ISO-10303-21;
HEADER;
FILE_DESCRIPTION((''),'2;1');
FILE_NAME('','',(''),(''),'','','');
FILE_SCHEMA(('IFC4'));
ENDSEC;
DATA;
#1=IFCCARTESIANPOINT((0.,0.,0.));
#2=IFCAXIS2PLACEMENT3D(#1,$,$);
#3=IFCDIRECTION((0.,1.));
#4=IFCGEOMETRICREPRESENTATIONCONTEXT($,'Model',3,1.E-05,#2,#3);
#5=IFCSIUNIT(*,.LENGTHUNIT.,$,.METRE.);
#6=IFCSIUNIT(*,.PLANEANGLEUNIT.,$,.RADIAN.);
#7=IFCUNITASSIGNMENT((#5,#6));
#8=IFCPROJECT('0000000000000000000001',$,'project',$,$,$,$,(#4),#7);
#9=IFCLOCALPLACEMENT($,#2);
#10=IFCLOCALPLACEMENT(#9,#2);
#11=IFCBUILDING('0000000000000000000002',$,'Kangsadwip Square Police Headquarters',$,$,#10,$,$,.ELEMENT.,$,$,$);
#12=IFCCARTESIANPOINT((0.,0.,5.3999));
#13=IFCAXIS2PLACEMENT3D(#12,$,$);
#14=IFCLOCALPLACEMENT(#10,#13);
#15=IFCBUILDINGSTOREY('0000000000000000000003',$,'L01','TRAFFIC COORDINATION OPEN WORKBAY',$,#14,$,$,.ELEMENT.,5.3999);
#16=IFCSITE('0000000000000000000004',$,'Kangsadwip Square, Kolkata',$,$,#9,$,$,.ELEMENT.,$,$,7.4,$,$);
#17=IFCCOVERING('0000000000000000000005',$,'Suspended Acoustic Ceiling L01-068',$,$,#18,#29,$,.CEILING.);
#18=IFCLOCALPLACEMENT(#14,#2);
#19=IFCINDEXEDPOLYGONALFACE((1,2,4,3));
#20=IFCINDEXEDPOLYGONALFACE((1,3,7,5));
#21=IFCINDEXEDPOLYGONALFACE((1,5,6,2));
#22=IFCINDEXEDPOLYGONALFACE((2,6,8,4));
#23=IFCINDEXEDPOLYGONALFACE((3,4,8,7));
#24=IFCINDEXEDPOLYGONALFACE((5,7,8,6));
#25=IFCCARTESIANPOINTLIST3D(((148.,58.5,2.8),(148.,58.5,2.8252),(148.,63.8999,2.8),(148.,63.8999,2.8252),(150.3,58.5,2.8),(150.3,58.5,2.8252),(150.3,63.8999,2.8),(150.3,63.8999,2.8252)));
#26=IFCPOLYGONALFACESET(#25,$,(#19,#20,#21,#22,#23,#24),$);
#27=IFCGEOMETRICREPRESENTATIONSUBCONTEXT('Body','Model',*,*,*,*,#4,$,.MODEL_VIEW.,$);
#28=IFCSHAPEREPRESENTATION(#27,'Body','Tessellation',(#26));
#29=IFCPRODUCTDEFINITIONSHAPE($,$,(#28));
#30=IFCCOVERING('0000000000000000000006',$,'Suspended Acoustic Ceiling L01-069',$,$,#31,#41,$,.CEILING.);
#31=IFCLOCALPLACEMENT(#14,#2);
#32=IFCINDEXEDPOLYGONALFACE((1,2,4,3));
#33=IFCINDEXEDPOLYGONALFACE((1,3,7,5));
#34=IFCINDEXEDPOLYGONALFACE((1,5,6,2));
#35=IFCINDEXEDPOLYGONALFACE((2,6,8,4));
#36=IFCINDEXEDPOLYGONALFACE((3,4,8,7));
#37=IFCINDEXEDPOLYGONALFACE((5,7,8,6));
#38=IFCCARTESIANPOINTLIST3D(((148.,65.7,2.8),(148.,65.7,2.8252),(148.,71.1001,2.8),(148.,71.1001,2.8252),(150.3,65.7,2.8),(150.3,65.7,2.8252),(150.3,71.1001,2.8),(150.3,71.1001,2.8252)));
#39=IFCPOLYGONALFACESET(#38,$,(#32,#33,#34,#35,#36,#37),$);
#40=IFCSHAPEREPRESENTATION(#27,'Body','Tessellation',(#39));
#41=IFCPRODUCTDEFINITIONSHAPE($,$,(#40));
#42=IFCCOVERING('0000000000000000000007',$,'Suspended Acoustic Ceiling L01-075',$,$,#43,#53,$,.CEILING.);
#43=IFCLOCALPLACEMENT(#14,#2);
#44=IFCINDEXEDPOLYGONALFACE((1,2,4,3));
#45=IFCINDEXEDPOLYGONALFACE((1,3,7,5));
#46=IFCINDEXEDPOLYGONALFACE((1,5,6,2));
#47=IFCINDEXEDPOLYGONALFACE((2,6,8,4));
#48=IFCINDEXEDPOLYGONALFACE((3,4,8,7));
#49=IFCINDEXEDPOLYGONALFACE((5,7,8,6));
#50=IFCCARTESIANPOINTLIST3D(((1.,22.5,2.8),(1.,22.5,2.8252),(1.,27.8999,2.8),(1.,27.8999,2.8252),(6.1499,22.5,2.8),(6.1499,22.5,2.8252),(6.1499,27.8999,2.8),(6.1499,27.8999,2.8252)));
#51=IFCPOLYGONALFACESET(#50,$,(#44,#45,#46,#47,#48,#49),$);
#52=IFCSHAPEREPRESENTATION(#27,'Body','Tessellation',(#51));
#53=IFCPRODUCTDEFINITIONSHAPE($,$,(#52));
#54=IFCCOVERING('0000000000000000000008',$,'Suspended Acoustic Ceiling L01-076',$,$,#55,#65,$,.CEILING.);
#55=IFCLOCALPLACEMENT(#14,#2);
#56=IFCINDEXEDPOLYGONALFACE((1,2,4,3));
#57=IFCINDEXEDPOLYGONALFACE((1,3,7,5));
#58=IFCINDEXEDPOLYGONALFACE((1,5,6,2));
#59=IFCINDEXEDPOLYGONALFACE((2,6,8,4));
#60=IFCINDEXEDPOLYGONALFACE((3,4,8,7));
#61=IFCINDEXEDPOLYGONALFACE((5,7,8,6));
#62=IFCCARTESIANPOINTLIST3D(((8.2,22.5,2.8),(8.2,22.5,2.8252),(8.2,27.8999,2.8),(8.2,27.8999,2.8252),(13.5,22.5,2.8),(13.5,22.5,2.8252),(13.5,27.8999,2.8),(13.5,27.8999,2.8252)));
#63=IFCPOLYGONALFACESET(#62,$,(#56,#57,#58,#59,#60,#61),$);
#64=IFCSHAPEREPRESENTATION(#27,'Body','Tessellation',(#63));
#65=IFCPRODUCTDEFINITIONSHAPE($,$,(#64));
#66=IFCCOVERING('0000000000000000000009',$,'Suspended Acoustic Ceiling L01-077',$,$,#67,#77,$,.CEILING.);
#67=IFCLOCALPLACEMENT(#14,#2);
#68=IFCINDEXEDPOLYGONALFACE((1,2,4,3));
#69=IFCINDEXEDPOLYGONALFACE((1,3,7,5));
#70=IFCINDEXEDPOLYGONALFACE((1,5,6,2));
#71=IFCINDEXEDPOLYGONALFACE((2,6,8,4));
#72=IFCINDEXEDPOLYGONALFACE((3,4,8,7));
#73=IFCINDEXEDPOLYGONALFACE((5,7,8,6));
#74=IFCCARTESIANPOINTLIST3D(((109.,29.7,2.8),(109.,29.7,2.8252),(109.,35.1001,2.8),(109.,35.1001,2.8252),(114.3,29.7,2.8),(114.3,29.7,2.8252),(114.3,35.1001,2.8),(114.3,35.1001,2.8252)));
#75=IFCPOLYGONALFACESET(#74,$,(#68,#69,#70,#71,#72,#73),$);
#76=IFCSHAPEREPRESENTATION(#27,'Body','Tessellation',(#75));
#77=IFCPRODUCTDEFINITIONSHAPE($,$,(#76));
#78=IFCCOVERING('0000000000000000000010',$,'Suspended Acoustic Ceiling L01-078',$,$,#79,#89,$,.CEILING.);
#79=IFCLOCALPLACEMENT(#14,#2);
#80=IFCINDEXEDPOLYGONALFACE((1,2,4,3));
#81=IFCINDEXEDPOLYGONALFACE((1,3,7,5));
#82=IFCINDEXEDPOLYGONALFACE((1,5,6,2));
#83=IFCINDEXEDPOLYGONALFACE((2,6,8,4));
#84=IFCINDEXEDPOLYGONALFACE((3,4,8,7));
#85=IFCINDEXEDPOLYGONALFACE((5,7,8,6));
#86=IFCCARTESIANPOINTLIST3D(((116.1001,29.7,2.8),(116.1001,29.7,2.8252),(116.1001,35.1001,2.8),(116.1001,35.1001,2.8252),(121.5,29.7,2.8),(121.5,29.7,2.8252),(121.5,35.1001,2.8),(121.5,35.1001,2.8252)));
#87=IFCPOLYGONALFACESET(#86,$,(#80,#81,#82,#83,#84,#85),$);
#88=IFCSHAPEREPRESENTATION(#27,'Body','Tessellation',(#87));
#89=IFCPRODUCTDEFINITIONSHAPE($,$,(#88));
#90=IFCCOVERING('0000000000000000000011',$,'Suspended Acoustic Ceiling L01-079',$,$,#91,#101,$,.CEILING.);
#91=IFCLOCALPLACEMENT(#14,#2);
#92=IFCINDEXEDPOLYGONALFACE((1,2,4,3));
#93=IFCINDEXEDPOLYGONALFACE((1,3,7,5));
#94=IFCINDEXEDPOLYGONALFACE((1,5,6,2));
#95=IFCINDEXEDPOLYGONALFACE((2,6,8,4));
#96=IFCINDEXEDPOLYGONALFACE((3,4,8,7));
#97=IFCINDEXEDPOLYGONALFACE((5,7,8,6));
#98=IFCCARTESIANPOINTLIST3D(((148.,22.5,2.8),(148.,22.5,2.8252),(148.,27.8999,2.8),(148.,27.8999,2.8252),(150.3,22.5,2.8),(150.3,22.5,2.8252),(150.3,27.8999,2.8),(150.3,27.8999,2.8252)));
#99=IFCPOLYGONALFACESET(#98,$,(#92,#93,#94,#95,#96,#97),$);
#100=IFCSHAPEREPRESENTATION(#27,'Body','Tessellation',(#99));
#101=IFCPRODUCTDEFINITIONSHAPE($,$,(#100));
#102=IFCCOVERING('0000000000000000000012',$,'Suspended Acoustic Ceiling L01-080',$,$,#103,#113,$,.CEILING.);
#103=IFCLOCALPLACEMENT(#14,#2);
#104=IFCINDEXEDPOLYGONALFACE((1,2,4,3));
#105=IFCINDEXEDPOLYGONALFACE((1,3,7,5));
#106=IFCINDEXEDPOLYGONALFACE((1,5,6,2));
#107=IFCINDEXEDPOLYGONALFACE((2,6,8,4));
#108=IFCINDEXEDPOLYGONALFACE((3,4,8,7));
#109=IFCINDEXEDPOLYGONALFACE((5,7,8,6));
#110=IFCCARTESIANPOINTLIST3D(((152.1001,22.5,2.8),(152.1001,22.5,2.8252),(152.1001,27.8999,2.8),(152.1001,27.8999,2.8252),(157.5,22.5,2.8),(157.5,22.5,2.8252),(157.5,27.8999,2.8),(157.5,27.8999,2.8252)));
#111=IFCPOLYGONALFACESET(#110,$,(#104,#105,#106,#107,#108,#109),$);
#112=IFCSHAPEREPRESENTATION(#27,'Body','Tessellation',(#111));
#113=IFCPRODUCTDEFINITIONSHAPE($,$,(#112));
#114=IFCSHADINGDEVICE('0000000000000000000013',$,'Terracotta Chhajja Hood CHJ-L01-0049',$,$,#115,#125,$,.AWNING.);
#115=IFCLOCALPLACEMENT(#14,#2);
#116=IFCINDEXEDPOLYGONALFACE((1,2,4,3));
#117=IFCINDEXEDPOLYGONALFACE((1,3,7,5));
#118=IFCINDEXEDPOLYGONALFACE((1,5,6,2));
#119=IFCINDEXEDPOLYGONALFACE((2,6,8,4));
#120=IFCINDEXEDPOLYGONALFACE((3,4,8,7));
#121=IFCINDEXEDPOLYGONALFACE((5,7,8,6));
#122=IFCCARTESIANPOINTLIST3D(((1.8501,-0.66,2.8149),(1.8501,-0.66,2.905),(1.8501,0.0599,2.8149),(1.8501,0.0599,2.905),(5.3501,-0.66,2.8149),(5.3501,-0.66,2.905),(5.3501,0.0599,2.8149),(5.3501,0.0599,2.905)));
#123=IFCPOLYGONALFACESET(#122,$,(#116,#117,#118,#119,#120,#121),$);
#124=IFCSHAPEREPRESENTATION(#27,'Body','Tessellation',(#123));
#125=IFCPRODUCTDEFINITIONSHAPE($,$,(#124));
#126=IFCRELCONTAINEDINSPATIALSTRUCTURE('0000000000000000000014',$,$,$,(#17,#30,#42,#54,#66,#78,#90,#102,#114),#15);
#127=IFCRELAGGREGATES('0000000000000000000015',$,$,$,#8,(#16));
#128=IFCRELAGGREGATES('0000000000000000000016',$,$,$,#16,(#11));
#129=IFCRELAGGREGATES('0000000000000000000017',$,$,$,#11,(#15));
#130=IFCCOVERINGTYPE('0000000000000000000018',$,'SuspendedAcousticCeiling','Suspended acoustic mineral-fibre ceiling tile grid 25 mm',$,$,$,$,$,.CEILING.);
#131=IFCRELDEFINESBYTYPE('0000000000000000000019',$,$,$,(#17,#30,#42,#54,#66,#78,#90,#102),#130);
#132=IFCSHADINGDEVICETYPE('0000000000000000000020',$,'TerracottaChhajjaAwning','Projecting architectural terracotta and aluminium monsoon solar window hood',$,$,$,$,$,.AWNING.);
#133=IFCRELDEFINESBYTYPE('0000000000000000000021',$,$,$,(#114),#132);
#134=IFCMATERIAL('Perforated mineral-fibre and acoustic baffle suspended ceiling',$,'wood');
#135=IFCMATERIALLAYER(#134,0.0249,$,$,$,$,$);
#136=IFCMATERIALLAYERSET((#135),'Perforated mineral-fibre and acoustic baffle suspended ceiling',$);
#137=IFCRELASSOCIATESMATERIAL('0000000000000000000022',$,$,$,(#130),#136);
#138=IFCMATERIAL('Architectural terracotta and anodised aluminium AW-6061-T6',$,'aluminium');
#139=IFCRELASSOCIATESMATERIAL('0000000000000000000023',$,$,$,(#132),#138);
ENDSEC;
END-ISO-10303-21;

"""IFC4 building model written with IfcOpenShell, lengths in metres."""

from ifc_helpers import new_model, si_unit, direction, frame, origin, origin_2d, place, context, subcontext, project, spatial, polyline, rectangle, outline, extrude, material, layer, layer_set, type_object, element, save


model = new_model("IFC4")

# Units and contexts
model_context = context("Model", 3, precision=1e-05, world=origin(), true_north=direction((0.0, 1.0)))
body_context = subcontext(model_context, "Body", "Model", "MODEL_VIEW")
ifc_project = project(units=[si_unit("LENGTHUNIT", "METRE"), si_unit("PLANEANGLEUNIT", "RADIAN")], contexts=[model_context])

# Site, building, storey
site_placement = place(None, origin())
site = spatial("IfcSite", under=ifc_project, at=site_placement, Name="Kangsadwip Square, Kolkata", CompositionType="ELEMENT", RefElevation=7.4)
building_placement = place(site_placement, origin())
building = spatial("IfcBuilding", under=site, at=building_placement, Name="Kangsadwip Square Police Headquarters", CompositionType="ELEMENT")
storey_placement = place(building_placement, frame((0.0, 0.0, 5.3999)))
storey = spatial("IfcBuildingStorey", under=building, at=storey_placement, Name="L01", Description="TRAFFIC COORDINATION OPEN WORKBAY", CompositionType="ELEMENT", Elevation=5.3999)

# Coverings
ifc_material_1 = material(Name="Perforated mineral-fibre and acoustic baffle suspended ceiling", Category="wood")
ifc_layer_1 = layer(ifc_material_1, 0.0249)
ifc_layer_set_1 = layer_set([ifc_layer_1], Name="Perforated mineral-fibre and acoustic baffle suspended ceiling")
covering_type_1 = type_object("IfcCoveringType", Name="SuspendedAcousticCeiling", Description="Suspended acoustic mineral-fibre ceiling tile grid 25 mm", PredefinedType="CEILING", material=ifc_layer_set_1)
covering_1_placement = place(storey_placement, frame((0.0, 0.0, 2.8)))
element("IfcCovering", 1, at=covering_1_placement, inside=storey, type_object=covering_type_1, Name="Suspended Acoustic Ceiling L01-068", PredefinedType="CEILING", context=body_context, shape_type="SweptSolid", body=[
    extrude(outline(polyline([(148.0, 58.5), (150.3, 58.5), (150.3, 63.8999), (148.0, 63.8999), (148.0, 58.5)])), origin(), (0.0, 0.0, 1.0), 0.0251),
])
covering_2_placement = place(storey_placement, frame((0.0, 0.0, 2.8)))
element("IfcCovering", 2, at=covering_2_placement, inside=storey, type_object=covering_type_1, Name="Suspended Acoustic Ceiling L01-069", PredefinedType="CEILING", context=body_context, shape_type="SweptSolid", body=[
    extrude(outline(polyline([(148.0, 65.7), (150.3, 65.7), (150.3, 71.1001), (148.0, 71.1001), (148.0, 65.7)])), origin(), (0.0, 0.0, 1.0), 0.0251),
])
covering_3_placement = place(storey_placement, frame((0.0, 0.0, 2.8)))
element("IfcCovering", 3, at=covering_3_placement, inside=storey, type_object=covering_type_1, Name="Suspended Acoustic Ceiling L01-075", PredefinedType="CEILING", context=body_context, shape_type="SweptSolid", body=[
    extrude(outline(polyline([(1.0, 22.5), (6.1499, 22.5), (6.1499, 27.8999), (1.0, 27.8999), (1.0, 22.5)])), origin(), (0.0, 0.0, 1.0), 0.0251),
])
covering_4_placement = place(storey_placement, frame((0.0, 0.0, 2.8)))
element("IfcCovering", 4, at=covering_4_placement, inside=storey, type_object=covering_type_1, Name="Suspended Acoustic Ceiling L01-076", PredefinedType="CEILING", context=body_context, shape_type="SweptSolid", body=[
    extrude(outline(polyline([(8.2, 22.5), (13.5, 22.5), (13.5, 27.8999), (8.2, 27.8999), (8.2, 22.5)])), origin(), (0.0, 0.0, 1.0), 0.0251),
])
covering_5_placement = place(storey_placement, frame((0.0, 0.0, 2.8)))
element("IfcCovering", 5, at=covering_5_placement, inside=storey, type_object=covering_type_1, Name="Suspended Acoustic Ceiling L01-077", PredefinedType="CEILING", context=body_context, shape_type="SweptSolid", body=[
    extrude(outline(polyline([(109.0, 29.7), (114.3, 29.7), (114.3, 35.1001), (109.0, 35.1001), (109.0, 29.7)])), origin(), (0.0, 0.0, 1.0), 0.0251),
])
covering_6_placement = place(storey_placement, frame((0.0, 0.0, 2.8)))
element("IfcCovering", 6, at=covering_6_placement, inside=storey, type_object=covering_type_1, Name="Suspended Acoustic Ceiling L01-078", PredefinedType="CEILING", context=body_context, shape_type="SweptSolid", body=[
    extrude(outline(polyline([(116.1001, 29.7), (121.5, 29.7), (121.5, 35.1001), (116.1001, 35.1001), (116.1001, 29.7)])), origin(), (0.0, 0.0, 1.0), 0.0251),
])
covering_7_placement = place(storey_placement, frame((0.0, 0.0, 2.8)))
element("IfcCovering", 7, at=covering_7_placement, inside=storey, type_object=covering_type_1, Name="Suspended Acoustic Ceiling L01-079", PredefinedType="CEILING", context=body_context, shape_type="SweptSolid", body=[
    extrude(outline(polyline([(148.0, 22.5), (150.3, 22.5), (150.3, 27.8999), (148.0, 27.8999), (148.0, 22.5)])), origin(), (0.0, 0.0, 1.0), 0.0251),
])
covering_8_placement = place(storey_placement, frame((0.0, 0.0, 2.8)))
element("IfcCovering", 8, at=covering_8_placement, inside=storey, type_object=covering_type_1, Name="Suspended Acoustic Ceiling L01-080", PredefinedType="CEILING", context=body_context, shape_type="SweptSolid", body=[
    extrude(outline(polyline([(152.1001, 22.5), (157.5, 22.5), (157.5, 27.8999), (152.1001, 27.8999), (152.1001, 22.5)])), origin(), (0.0, 0.0, 1.0), 0.0251),
])

# Shading device
ifc_material_2 = material(Name="Architectural terracotta and anodised aluminium AW-6061-T6", Category="aluminium")
shading_device_type = type_object("IfcShadingDeviceType", Name="TerracottaChhajjaAwning", Description="Projecting architectural terracotta and aluminium monsoon solar window hood", PredefinedType="AWNING", material=ifc_material_2)
shading_device_placement = place(storey_placement, frame((3.6001, -0.3, 2.8149), z_axis=(0.0, 0.0, 1.0), x_axis=(1.0, 0.0, 0.0)))
element("IfcShadingDevice", 9, at=shading_device_placement, inside=storey, type_object=shading_device_type, Name="Terracotta Chhajja Hood CHJ-L01-0049", PredefinedType="AWNING", context=body_context, shape_type="SweptSolid", body=[
    extrude(rectangle(XDim=3.5, YDim=0.72, at=origin_2d()), origin(), (0.0, 0.0, 1.0), 0.0901),
])

save(model, "model.ifc")
